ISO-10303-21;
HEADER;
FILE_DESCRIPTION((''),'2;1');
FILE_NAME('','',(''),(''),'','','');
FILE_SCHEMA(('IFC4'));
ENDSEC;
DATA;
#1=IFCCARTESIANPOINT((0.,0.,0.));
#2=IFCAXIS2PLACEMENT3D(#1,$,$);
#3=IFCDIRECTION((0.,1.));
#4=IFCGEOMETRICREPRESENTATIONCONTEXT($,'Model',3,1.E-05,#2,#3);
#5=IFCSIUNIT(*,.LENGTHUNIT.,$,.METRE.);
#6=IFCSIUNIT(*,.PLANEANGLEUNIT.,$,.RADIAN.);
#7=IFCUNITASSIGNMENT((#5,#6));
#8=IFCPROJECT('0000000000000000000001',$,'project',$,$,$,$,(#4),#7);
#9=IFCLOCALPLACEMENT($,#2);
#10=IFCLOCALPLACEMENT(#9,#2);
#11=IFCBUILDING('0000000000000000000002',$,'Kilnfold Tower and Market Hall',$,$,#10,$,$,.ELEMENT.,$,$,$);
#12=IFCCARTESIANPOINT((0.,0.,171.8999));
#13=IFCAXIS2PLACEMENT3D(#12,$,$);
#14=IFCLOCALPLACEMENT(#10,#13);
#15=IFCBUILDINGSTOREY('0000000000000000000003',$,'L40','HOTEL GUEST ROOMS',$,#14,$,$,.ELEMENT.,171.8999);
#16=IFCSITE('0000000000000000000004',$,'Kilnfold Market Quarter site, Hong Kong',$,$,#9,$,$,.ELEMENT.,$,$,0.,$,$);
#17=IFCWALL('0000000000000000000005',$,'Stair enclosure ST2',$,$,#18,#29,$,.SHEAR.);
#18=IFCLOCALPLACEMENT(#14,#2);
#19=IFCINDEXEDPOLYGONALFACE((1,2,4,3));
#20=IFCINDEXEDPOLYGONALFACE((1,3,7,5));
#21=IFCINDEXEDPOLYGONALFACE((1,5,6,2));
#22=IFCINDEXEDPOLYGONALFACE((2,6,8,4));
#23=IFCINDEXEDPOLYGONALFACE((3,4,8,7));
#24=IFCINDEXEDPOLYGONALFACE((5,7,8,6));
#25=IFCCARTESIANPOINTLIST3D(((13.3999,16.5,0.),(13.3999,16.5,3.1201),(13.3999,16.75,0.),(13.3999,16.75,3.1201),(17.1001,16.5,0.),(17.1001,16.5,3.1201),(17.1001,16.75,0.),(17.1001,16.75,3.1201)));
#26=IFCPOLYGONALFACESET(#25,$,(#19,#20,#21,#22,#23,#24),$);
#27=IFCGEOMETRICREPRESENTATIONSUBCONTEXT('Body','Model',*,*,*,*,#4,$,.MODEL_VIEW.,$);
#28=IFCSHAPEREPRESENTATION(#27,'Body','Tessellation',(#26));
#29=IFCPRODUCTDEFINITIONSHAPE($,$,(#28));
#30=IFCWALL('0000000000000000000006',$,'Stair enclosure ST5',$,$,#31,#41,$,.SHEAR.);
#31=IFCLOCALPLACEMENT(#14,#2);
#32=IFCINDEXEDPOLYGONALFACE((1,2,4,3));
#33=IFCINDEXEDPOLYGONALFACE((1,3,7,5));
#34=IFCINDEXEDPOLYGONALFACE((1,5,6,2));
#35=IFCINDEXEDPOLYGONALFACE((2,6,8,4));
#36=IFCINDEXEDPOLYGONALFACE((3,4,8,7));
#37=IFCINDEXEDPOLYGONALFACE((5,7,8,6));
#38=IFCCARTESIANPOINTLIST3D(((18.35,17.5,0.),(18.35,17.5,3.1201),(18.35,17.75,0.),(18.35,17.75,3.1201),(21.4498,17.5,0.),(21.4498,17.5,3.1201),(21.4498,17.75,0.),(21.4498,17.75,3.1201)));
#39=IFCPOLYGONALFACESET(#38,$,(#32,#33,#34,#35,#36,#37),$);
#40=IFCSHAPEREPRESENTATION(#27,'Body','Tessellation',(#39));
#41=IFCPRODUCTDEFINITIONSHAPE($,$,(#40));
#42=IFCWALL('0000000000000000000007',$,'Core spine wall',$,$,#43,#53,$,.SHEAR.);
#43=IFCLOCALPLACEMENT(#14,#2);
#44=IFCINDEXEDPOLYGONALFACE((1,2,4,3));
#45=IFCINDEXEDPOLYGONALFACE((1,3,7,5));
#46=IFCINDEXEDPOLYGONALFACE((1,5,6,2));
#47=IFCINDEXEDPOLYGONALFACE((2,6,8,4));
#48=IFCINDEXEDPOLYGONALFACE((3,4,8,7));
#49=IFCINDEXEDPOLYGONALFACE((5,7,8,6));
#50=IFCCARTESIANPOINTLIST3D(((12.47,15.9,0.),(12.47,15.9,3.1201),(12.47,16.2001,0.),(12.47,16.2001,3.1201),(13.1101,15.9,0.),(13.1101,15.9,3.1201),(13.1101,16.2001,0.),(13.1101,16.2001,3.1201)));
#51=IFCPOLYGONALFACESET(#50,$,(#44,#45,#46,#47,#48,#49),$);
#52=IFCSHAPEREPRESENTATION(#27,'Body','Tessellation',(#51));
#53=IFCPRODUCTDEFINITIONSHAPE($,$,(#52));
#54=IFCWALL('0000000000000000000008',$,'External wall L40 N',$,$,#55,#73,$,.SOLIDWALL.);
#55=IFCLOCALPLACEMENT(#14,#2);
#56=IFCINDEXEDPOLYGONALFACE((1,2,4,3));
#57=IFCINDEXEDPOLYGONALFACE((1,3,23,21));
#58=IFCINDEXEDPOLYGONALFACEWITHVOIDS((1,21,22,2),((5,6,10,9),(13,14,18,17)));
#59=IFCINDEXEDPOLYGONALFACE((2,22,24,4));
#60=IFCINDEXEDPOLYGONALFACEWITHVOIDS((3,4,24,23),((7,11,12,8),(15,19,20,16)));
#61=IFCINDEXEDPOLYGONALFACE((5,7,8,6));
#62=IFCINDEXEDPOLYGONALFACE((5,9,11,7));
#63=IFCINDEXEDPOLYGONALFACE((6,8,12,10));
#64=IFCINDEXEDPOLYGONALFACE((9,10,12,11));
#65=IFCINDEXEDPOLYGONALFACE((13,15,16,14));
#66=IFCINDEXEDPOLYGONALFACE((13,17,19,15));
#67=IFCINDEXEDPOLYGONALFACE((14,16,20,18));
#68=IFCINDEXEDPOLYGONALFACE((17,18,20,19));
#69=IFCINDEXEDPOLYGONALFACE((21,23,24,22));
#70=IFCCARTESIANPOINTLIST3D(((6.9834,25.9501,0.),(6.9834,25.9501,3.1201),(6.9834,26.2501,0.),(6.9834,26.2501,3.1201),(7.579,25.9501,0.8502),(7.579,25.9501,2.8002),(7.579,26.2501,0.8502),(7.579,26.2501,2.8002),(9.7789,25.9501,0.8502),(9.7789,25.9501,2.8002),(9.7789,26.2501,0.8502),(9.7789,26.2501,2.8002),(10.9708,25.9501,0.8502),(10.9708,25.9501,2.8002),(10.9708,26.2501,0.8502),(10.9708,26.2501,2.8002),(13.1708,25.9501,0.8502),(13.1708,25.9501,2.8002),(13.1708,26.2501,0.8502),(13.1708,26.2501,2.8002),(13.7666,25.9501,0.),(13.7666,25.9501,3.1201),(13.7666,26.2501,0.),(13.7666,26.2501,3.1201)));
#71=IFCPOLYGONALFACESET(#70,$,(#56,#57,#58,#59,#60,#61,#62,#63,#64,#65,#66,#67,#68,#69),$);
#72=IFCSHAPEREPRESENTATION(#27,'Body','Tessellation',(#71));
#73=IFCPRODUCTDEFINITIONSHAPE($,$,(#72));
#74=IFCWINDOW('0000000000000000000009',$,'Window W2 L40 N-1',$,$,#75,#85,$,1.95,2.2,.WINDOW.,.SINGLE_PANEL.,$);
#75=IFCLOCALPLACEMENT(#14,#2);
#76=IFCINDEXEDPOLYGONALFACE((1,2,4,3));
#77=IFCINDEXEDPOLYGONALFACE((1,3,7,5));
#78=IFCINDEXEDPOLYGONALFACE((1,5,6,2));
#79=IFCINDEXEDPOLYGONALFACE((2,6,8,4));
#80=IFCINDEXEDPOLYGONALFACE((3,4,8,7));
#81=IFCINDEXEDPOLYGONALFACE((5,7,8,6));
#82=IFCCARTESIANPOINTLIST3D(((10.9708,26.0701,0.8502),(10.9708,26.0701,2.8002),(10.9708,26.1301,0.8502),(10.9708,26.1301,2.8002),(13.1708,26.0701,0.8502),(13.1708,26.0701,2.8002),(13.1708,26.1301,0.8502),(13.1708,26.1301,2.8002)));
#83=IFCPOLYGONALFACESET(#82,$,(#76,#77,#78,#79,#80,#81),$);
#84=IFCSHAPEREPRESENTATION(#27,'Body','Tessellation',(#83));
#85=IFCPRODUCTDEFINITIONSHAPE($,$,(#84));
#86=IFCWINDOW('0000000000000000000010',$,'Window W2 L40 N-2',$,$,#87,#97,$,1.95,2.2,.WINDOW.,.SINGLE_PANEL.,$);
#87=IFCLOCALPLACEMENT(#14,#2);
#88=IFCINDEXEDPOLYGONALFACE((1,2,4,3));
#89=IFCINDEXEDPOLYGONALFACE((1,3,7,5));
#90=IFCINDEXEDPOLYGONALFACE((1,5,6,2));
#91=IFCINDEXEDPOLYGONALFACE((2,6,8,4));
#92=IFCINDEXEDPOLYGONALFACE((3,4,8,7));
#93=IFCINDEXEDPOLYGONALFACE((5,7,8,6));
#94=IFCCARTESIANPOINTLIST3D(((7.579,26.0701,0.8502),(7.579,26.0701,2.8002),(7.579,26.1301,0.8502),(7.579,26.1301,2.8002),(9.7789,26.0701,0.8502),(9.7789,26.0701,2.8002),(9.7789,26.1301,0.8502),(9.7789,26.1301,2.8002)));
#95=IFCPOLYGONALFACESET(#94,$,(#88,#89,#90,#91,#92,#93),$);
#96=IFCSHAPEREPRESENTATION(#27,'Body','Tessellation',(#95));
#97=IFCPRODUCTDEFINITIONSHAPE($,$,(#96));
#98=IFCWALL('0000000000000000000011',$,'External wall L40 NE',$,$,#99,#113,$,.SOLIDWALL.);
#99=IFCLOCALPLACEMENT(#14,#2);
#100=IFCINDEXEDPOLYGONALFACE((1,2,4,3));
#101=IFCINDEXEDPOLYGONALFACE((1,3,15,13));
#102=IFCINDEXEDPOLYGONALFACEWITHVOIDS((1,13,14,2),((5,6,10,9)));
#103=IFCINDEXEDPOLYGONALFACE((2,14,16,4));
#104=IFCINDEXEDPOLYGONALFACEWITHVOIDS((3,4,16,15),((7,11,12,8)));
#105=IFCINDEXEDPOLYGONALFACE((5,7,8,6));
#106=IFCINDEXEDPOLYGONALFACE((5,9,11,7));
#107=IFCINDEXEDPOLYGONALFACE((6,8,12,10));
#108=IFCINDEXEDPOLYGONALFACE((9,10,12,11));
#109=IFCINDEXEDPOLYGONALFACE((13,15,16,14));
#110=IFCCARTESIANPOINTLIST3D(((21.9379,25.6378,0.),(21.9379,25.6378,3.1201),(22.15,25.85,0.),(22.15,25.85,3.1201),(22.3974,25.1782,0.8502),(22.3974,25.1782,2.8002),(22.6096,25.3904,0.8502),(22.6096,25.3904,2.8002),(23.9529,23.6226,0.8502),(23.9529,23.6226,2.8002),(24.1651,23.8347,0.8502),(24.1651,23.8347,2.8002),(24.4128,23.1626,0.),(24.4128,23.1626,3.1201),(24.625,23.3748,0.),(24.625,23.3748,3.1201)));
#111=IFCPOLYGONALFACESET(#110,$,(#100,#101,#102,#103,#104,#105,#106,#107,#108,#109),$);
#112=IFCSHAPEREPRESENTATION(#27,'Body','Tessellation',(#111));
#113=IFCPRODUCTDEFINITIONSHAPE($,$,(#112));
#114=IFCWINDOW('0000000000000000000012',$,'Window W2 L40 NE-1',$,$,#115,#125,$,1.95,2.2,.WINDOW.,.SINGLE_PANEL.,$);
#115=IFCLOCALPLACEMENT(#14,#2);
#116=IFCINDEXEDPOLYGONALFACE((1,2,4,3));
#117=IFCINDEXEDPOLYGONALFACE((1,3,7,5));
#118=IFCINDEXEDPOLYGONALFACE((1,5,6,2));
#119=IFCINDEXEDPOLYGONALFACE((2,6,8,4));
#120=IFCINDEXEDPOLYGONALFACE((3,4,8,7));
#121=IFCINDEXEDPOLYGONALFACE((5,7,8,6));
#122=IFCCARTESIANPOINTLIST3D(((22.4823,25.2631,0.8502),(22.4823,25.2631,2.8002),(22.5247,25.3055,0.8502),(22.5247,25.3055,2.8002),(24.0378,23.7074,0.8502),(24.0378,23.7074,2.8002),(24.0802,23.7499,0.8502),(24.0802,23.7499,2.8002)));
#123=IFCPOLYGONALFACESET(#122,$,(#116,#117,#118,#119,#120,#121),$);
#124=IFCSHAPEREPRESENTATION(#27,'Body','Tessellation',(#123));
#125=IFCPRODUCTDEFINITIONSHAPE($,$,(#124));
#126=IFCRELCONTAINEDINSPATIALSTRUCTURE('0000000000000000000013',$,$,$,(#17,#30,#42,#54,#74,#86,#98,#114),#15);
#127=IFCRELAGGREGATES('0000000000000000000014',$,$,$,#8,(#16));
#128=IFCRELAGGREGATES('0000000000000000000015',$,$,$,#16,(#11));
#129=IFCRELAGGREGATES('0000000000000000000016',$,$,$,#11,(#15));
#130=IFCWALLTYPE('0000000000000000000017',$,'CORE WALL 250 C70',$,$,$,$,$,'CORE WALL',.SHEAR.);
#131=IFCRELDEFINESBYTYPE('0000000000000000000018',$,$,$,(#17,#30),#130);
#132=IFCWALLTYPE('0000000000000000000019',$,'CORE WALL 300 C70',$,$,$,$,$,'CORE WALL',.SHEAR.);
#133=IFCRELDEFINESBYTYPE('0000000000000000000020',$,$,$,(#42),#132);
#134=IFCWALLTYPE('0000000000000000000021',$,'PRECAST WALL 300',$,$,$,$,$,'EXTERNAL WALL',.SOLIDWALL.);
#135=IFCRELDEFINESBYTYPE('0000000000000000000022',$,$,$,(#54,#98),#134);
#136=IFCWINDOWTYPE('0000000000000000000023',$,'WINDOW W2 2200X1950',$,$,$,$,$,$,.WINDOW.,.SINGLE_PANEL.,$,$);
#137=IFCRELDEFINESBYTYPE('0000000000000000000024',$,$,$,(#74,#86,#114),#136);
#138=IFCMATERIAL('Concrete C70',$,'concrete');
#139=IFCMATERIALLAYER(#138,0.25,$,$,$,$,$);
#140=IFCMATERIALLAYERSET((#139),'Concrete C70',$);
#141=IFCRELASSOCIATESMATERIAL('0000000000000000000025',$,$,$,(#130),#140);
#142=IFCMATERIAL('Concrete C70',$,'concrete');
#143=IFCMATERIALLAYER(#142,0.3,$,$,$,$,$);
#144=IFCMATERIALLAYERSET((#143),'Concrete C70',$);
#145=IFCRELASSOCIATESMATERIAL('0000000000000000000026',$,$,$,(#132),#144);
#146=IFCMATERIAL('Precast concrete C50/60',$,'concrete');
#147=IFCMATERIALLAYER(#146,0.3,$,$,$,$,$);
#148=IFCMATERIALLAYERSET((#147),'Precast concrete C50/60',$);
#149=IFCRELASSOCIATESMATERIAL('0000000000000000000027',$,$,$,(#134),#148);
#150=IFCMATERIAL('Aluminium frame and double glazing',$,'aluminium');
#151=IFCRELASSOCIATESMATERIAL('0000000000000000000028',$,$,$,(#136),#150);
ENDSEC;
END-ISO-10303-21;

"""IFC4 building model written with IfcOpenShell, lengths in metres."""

from ifc_helpers import new_model, si_unit, direction, frame, frame_2d, origin, place, context, subcontext, project, spatial, rectangle, extrude, source, transform, mapped, material, layer, layer_set, type_object, element, fill, save


model = new_model("IFC4")

# Units and contexts
model_context = context("Model", 3, precision=1e-05, world=origin(), true_north=direction((0.0, 1.0)))
body_context = subcontext(model_context, "Body", "Model", "MODEL_VIEW")
ifc_project = project(units=[si_unit("LENGTHUNIT", "METRE"), si_unit("PLANEANGLEUNIT", "RADIAN")], contexts=[model_context])

# Site, building, storey
site_placement = place(None, origin())
site = spatial("IfcSite", under=ifc_project, at=site_placement, Name="Kilnfold Market Quarter site, Hong Kong", CompositionType="ELEMENT", RefElevation=0.0)
building_placement = place(site_placement, origin())
building = spatial("IfcBuilding", under=site, at=building_placement, Name="Kilnfold Tower and Market Hall", CompositionType="ELEMENT")
storey_placement = place(building_placement, frame((0.0, 0.0, 171.8999)))
storey = spatial("IfcBuildingStorey", under=building, at=storey_placement, Name="L40", Description="HOTEL GUEST ROOMS", CompositionType="ELEMENT", Elevation=171.8999)

# Walls
ifc_material_1 = material(Name="Concrete C70", Category="concrete")
ifc_layer_1 = layer(ifc_material_1, 0.25)
ifc_layer_set_1 = layer_set([ifc_layer_1], Name="Concrete C70")
wall_type_1 = type_object("IfcWallType", Name="CORE WALL 250 C70", ElementType="CORE WALL", PredefinedType="SHEAR", material=ifc_layer_set_1)
shared_shape_1 = source(origin(), body_context, "Body", "SweptSolid", [
    extrude(rectangle(XDim=3.7002, YDim=0.25, at=frame_2d((1.8501, 0.0))), origin(), (0.0, 0.0, 1.0), 3.1201),
])
wall_1_placement = place(storey_placement, frame((13.3999, 16.625, 0.0), z_axis=(0.0, 0.0, 1.0), x_axis=(1.0, 0.0, 0.0)))
element("IfcWall", 1, at=wall_1_placement, inside=storey, type_object=wall_type_1, Name="Stair enclosure ST2", PredefinedType="SHEAR", context=body_context, shape_type="MappedRepresentation", body=[
    mapped(shared_shape_1, transform((0.0, 0.0, 0.0))),
])
shared_shape_2 = source(origin(), body_context, "Body", "SweptSolid", [
    extrude(rectangle(XDim=3.0999, YDim=0.25, at=frame_2d((1.5498, 0.0))), origin(), (0.0, 0.0, 1.0), 3.1201),
])
wall_2_placement = place(storey_placement, frame((18.3501, 17.625, 0.0), z_axis=(0.0, 0.0, 1.0), x_axis=(1.0, 0.0, 0.0)))
element("IfcWall", 2, at=wall_2_placement, inside=storey, type_object=wall_type_1, Name="Stair enclosure ST5", PredefinedType="SHEAR", context=body_context, shape_type="MappedRepresentation", body=[
    mapped(shared_shape_2, transform((0.0, 0.0, 0.0))),
])
ifc_material_2 = material(Name="Concrete C70", Category="concrete")
ifc_layer_2 = layer(ifc_material_2, 0.3)
ifc_layer_set_2 = layer_set([ifc_layer_2], Name="Concrete C70")
wall_type_2 = type_object("IfcWallType", Name="CORE WALL 300 C70", ElementType="CORE WALL", PredefinedType="SHEAR", material=ifc_layer_set_2)
shared_shape_3 = source(origin(), body_context, "Body", "SweptSolid", [
    extrude(rectangle(XDim=0.6401, YDim=0.3, at=frame_2d((0.3201, 0.0))), origin(), (0.0, 0.0, 1.0), 3.1201),
])
wall_3_placement = place(storey_placement, frame((12.47, 16.05, 0.0), z_axis=(0.0, 0.0, 1.0), x_axis=(1.0, 0.0, 0.0)))
element("IfcWall", 3, at=wall_3_placement, inside=storey, type_object=wall_type_2, Name="Core spine wall", PredefinedType="SHEAR", context=body_context, shape_type="MappedRepresentation", body=[
    mapped(shared_shape_3, transform((0.0, 0.0, 0.0))),
])

# Wall, openings, windows
ifc_material_3 = material(Name="Precast concrete C50/60", Category="concrete")
ifc_layer_3 = layer(ifc_material_3, 0.3)
ifc_layer_set_3 = layer_set([ifc_layer_3], Name="Precast concrete C50/60")
wall_type_3 = type_object("IfcWallType", Name="PRECAST WALL 300", ElementType="EXTERNAL WALL", PredefinedType="SOLIDWALL", material=ifc_layer_set_3)
shared_shape_4 = source(origin(), body_context, "Body", "SweptSolid", [
    extrude(rectangle(XDim=6.7832, YDim=0.3, at=frame_2d((3.3916, 0.0))), origin(), (0.0, 0.0, 1.0), 3.1201),
])
wall_4_placement = place(storey_placement, frame((13.7666, 26.1001, 0.0), z_axis=(0.0, 0.0, 1.0), x_axis=(-1.0, 0.0, 0.0)))
wall_4 = element("IfcWall", 4, at=wall_4_placement, inside=storey, type_object=wall_type_3, Name="External wall L40 N", PredefinedType="SOLIDWALL", context=body_context, shape_type="MappedRepresentation", body=[
    mapped(shared_shape_4, transform((0.0, 0.0, 0.0))),
])
opening_1_placement = place(wall_4_placement, frame((0.5957, 0.0, 0.8501)))
opening_1 = element("IfcOpeningElement", 5, at=opening_1_placement, cuts=wall_4, PredefinedType="OPENING", context=body_context, shape_type="SweptSolid", body=[
    extrude(rectangle(XDim=2.2, YDim=1.95, at=frame_2d((1.1001, 0.9751))), frame((0.0, 0.1602, 0.0), z_axis=(0.0, -1.0, 0.0), x_axis=(1.0, 0.0, 0.0)), (0.0, 0.0, 1.0), 0.3201),
])
opening_2_placement = place(wall_4_placement, frame((3.9875, 0.0, 0.8501)))
opening_2 = element("IfcOpeningElement", 6, at=opening_2_placement, cuts=wall_4, PredefinedType="OPENING", context=body_context, shape_type="SweptSolid", body=[
    extrude(rectangle(XDim=2.2, YDim=1.95, at=frame_2d((1.1001, 0.9751))), frame((0.0, 0.1602, 0.0), z_axis=(0.0, -1.0, 0.0), x_axis=(1.0, 0.0, 0.0)), (0.0, 0.0, 1.0), 0.3201),
])
ifc_material_4 = material(Name="Aluminium frame and double glazing", Category="aluminium")
window_type = type_object("IfcWindowType", Name="WINDOW W2 2200X1950", PartitioningType="SINGLE_PANEL", PredefinedType="WINDOW", material=ifc_material_4)
window_1_placement = place(opening_1_placement, origin())
window_1 = element("IfcWindow", 7, at=window_1_placement, inside=storey, type_object=window_type, Name="Window W2 L40 N-1", OverallHeight=1.95, OverallWidth=2.2, PartitioningType="SINGLE_PANEL", PredefinedType="WINDOW", context=body_context, shape_type="SweptSolid", body=[
    extrude(rectangle(XDim=2.2, YDim=1.95, at=frame_2d((1.1001, 0.9751))), frame((0.0, 0.03, 0.0), z_axis=(0.0, -1.0, 0.0), x_axis=(1.0, 0.0, 0.0)), (0.0, 0.0, 1.0), 0.0601),
])
fill(opening_1, window_1)
window_2_placement = place(opening_2_placement, origin())
window_2 = element("IfcWindow", 8, at=window_2_placement, inside=storey, type_object=window_type, Name="Window W2 L40 N-2", OverallHeight=1.95, OverallWidth=2.2, PartitioningType="SINGLE_PANEL", PredefinedType="WINDOW", context=body_context, shape_type="SweptSolid", body=[
    extrude(rectangle(XDim=2.2, YDim=1.95, at=frame_2d((1.1001, 0.9751))), frame((0.0, 0.03, 0.0), z_axis=(0.0, -1.0, 0.0), x_axis=(1.0, 0.0, 0.0)), (0.0, 0.0, 1.0), 0.0601),
])
fill(opening_2, window_2)

# Wall, opening, window
shared_shape_5 = source(origin(), body_context, "Body", "SweptSolid", [
    extrude(rectangle(XDim=3.5002, YDim=0.3, at=frame_2d((1.75, 0.0))), origin(), (0.0, 0.0, 1.0), 3.1201),
])
wall_5_placement = place(storey_placement, frame((24.5188, 23.2688, 0.0), z_axis=(0.0, 0.0, 1.0), x_axis=(-0.707072, 0.707142, 0.0)))
wall_5 = element("IfcWall", 9, at=wall_5_placement, inside=storey, type_object=wall_type_3, Name="External wall L40 NE", PredefinedType="SOLIDWALL", context=body_context, shape_type="MappedRepresentation", body=[
    mapped(shared_shape_5, transform((0.0, 0.0, 0.0))),
])
opening_3_placement = place(wall_5_placement, frame((0.6501, 0.0, 0.8501)))
opening_3 = element("IfcOpeningElement", 10, at=opening_3_placement, cuts=wall_5, PredefinedType="OPENING", context=body_context, shape_type="SweptSolid", body=[
    extrude(rectangle(XDim=2.2, YDim=1.95, at=frame_2d((1.1001, 0.9751))), frame((0.0, 0.1602, 0.0), z_axis=(0.0, -1.0, 0.0), x_axis=(1.0, 0.0, 0.0)), (0.0, 0.0, 1.0), 0.3201),
])
window_3_placement = place(opening_3_placement, origin())
window_3 = element("IfcWindow", 11, at=window_3_placement, inside=storey, type_object=window_type, Name="Window W2 L40 NE-1", OverallHeight=1.95, OverallWidth=2.2, PartitioningType="SINGLE_PANEL", PredefinedType="WINDOW", context=body_context, shape_type="SweptSolid", body=[
    extrude(rectangle(XDim=2.2, YDim=1.95, at=frame_2d((1.1001, 0.9751))), frame((0.0, 0.03, 0.0), z_axis=(0.0, -1.0, 0.0), x_axis=(1.0, 0.0, 0.0)), (0.0, 0.0, 1.0), 0.0601),
])
fill(opening_3, window_3)

save(model, "model.ifc")
